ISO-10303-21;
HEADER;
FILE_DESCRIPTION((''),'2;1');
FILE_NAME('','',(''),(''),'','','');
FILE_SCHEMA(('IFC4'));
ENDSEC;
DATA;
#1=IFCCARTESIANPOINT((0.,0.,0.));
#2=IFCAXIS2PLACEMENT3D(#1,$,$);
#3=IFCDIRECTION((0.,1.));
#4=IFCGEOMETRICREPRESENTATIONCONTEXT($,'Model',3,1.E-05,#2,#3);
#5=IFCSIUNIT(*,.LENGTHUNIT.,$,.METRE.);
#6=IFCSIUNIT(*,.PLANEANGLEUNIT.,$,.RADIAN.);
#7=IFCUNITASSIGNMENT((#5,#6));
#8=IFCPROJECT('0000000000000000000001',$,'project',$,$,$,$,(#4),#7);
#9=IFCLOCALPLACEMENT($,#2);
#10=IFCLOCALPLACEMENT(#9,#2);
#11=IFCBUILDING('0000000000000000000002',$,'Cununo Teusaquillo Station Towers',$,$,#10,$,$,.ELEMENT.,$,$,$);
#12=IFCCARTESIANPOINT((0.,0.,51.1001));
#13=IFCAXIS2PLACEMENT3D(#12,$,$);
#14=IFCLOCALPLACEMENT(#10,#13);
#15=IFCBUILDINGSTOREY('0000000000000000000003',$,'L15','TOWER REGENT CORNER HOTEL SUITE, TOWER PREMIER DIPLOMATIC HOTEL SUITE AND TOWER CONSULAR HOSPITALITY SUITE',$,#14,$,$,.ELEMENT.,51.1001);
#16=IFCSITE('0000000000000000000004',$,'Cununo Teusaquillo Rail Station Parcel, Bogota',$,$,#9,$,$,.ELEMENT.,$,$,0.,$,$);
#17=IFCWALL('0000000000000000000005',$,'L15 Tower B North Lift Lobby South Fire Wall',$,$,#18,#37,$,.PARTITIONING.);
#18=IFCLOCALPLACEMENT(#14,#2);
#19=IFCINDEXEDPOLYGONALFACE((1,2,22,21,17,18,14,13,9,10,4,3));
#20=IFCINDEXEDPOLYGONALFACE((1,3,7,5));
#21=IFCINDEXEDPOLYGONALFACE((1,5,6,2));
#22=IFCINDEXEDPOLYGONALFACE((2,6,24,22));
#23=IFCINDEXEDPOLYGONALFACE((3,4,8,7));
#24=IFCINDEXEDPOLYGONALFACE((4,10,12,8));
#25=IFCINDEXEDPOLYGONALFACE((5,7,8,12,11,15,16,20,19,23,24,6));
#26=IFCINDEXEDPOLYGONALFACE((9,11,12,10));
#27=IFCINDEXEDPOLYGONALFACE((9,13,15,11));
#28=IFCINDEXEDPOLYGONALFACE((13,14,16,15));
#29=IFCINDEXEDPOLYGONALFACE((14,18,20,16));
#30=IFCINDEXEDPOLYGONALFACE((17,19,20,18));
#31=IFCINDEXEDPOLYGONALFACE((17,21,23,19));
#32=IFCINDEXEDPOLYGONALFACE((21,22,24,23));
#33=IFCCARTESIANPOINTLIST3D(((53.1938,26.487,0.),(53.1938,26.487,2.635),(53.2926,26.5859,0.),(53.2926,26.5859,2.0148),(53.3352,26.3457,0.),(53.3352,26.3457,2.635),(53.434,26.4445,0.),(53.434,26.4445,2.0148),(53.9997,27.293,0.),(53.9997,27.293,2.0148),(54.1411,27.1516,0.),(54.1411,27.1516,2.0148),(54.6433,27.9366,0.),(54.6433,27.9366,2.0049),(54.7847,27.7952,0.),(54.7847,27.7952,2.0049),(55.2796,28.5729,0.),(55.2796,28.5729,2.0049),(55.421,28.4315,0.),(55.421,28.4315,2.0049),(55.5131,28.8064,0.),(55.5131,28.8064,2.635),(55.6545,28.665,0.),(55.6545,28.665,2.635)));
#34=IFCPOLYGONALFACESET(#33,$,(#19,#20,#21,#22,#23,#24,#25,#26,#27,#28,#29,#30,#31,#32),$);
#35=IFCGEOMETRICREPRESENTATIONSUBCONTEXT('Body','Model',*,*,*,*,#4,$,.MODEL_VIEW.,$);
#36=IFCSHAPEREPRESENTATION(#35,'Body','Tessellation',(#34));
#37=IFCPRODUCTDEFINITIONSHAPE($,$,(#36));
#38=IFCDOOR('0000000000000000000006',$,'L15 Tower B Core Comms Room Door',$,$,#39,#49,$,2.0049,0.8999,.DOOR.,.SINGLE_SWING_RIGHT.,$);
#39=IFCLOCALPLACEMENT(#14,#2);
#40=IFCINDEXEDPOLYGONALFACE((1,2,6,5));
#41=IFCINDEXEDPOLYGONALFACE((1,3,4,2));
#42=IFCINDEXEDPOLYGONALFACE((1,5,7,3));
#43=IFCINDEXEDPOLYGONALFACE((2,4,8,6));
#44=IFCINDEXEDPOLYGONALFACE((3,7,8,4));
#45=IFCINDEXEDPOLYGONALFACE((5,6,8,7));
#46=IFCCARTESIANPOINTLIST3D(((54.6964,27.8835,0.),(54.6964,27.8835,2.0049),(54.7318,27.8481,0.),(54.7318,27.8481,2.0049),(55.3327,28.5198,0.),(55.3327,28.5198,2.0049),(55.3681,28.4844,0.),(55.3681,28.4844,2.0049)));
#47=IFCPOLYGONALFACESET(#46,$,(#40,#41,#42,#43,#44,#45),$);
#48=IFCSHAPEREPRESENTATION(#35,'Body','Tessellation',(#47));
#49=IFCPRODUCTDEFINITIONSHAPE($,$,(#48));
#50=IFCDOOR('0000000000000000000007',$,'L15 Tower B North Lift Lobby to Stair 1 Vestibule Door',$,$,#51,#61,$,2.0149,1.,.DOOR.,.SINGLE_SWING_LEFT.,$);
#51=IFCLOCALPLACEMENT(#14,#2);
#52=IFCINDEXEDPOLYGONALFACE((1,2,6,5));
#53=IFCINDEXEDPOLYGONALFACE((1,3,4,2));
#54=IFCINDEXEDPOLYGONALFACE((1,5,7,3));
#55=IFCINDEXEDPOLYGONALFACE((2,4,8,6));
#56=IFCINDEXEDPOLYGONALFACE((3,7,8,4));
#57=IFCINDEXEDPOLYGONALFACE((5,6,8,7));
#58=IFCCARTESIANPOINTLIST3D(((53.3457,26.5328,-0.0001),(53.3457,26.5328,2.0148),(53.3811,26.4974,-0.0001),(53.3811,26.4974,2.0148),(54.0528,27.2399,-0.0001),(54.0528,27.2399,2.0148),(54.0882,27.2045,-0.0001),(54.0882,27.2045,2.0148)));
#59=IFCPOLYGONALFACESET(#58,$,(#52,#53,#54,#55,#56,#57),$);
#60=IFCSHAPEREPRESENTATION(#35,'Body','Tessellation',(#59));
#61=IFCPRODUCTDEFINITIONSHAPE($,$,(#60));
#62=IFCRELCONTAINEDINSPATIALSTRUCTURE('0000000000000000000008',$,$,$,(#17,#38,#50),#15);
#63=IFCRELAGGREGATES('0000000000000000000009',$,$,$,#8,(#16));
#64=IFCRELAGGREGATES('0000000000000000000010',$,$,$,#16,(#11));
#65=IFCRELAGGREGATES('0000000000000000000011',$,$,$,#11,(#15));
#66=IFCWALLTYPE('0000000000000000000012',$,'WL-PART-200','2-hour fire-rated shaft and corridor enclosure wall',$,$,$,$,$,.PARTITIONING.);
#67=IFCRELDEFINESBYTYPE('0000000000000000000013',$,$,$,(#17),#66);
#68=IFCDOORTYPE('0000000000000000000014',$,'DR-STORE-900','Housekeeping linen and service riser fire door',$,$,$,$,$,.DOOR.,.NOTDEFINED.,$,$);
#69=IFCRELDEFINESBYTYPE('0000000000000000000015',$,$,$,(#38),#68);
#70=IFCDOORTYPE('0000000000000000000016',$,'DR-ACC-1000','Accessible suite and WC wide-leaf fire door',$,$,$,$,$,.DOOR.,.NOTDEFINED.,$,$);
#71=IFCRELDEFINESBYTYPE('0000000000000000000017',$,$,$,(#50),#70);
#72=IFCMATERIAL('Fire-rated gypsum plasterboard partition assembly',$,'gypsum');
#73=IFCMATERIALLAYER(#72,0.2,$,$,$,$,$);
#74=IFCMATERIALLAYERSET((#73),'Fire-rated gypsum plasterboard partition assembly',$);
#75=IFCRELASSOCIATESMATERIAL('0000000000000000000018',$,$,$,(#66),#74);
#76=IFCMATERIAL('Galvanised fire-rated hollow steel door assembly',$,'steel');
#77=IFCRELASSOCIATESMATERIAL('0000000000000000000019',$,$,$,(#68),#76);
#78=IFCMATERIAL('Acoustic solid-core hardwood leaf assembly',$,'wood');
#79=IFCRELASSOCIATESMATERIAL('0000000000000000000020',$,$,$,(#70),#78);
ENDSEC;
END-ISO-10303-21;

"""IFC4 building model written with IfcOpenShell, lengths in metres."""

from ifc_helpers import new_model, si_unit, direction, frame, frame_2d, origin, place, context, subcontext, project, spatial, rectangle, extrude, source, transform, mapped, material, layer, layer_set, type_object, element, fill, save


model = new_model("IFC4")

# Units and contexts
model_context = context("Model", 3, precision=1e-05, world=origin(), true_north=direction((0.0, 1.0)))
body_context = subcontext(model_context, "Body", "Model", "MODEL_VIEW")
ifc_project = project(units=[si_unit("LENGTHUNIT", "METRE"), si_unit("PLANEANGLEUNIT", "RADIAN")], contexts=[model_context])

# Site, building, storey
site_placement = place(None, origin())
site = spatial("IfcSite", under=ifc_project, at=site_placement, Name="Cununo Teusaquillo Rail Station Parcel, Bogota", CompositionType="ELEMENT", RefElevation=0.0)
building_placement = place(site_placement, origin())
building = spatial("IfcBuilding", under=site, at=building_placement, Name="Cununo Teusaquillo Station Towers", CompositionType="ELEMENT")
storey_placement = place(building_placement, frame((0.0, 0.0, 51.1001)))
storey = spatial("IfcBuildingStorey", under=building, at=storey_placement, Name="L15", Description="TOWER REGENT CORNER HOTEL SUITE, TOWER PREMIER DIPLOMATIC HOTEL SUITE AND TOWER CONSULAR HOSPITALITY SUITE", CompositionType="ELEMENT", Elevation=51.1001)

# Shared definitions
shared_shape_1 = source(origin(), body_context, "Body", "SweptSolid", [
    extrude(rectangle(XDim=0.8999, YDim=2.0049, at=frame_2d((0.45, 1.0024))), frame((0.0, 0.0249, 0.0), z_axis=(0.0, -1.0, 0.0), x_axis=(1.0, 0.0, 0.0)), (0.0, 0.0, 1.0), 0.05),
])

# Wall, openings, doors
ifc_material_1 = material(Name="Fire-rated gypsum plasterboard partition assembly", Category="gypsum")
ifc_layer_1 = layer(ifc_material_1, 0.2)
ifc_layer_set_1 = layer_set([ifc_layer_1], Name="Fire-rated gypsum plasterboard partition assembly")
wall_type_1 = type_object("IfcWallType", Name="WL-PART-200", Description="2-hour fire-rated shaft and corridor enclosure wall", PredefinedType="PARTITIONING", material=ifc_layer_set_1)
wall_1_placement = place(storey_placement, frame((53.2644, 26.4163, 0.0), z_axis=(0.0, 0.0, 1.0), x_axis=(0.707107, 0.707107, 0.0)))
wall_1 = element("IfcWall", 1, at=wall_1_placement, inside=storey, type_object=wall_type_1, Name="L15 Tower B North Lift Lobby South Fire Wall", PredefinedType="PARTITIONING", context=body_context, shape_type="SweptSolid", body=[
    extrude(rectangle(XDim=3.28, YDim=0.2, at=frame_2d((1.6401, 0.0))), origin(), (0.0, 0.0, 1.0), 2.635),
])
shared_shape_2 = source(origin(), body_context, "Body", "SweptSolid", [
    extrude(rectangle(XDim=1.0, YDim=2.0149, at=frame_2d((0.5, 1.0073))), frame((0.0, 0.1099, 0.0), z_axis=(0.0, -1.0, 0.0), x_axis=(1.0, 0.0, 0.0)), (0.0, 0.0, 1.0), 0.22),
])
opening_1_placement = place(wall_1_placement, frame((0.1399, 0.0, 0.0)))
opening_1 = element("IfcOpeningElement", 2, at=opening_1_placement, cuts=wall_1, PredefinedType="OPENING", context=body_context, shape_type="MappedRepresentation", body=[
    mapped(shared_shape_2, transform((0.0, 0.0, 0.0), x_axis=(1.0, 0.0, 0.0), y_axis=(0.0, 1.0, 0.0), z_axis=(0.0, 0.0, 1.0), scale=1.0)),
])
shared_shape_3 = source(origin(), body_context, "Body", "SweptSolid", [
    extrude(rectangle(XDim=0.8999, YDim=2.0049, at=frame_2d((0.45, 1.0024))), frame((0.0, 0.1099, 0.0), z_axis=(0.0, -1.0, 0.0), x_axis=(1.0, 0.0, 0.0)), (0.0, 0.0, 1.0), 0.22),
])
opening_2_placement = place(wall_1_placement, frame((2.05, 0.0, 0.0)))
opening_2 = element("IfcOpeningElement", 3, at=opening_2_placement, cuts=wall_1, PredefinedType="OPENING", context=body_context, shape_type="MappedRepresentation", body=[
    mapped(shared_shape_3, transform((0.0, 0.0, 0.0), x_axis=(1.0, 0.0, 0.0), y_axis=(0.0, 1.0, 0.0), z_axis=(0.0, 0.0, 1.0), scale=1.0)),
])
ifc_material_2 = material(Name="Galvanised fire-rated hollow steel door assembly", Category="steel")
door_type_1 = type_object("IfcDoorType", Name="DR-STORE-900", Description="Housekeeping linen and service riser fire door", OperationType="NOTDEFINED", PredefinedType="DOOR", material=ifc_material_2)
door_1_placement = place(opening_2_placement, origin())
door_1 = element("IfcDoor", 4, at=door_1_placement, inside=storey, type_object=door_type_1, Name="L15 Tower B Core Comms Room Door", OperationType="SINGLE_SWING_RIGHT", OverallHeight=2.0049, OverallWidth=0.8999, PredefinedType="DOOR", context=body_context, shape_type="MappedRepresentation", body=[
    mapped(shared_shape_1, transform((0.0, 0.0, 0.0), x_axis=(1.0, 0.0, 0.0), y_axis=(0.0, 1.0, 0.0), z_axis=(0.0, 0.0, 1.0), scale=1.0)),
])
fill(opening_2, door_1)
ifc_material_3 = material(Name="Acoustic solid-core hardwood leaf assembly", Category="wood")
door_type_2 = type_object("IfcDoorType", Name="DR-ACC-1000", Description="Accessible suite and WC wide-leaf fire door", OperationType="NOTDEFINED", PredefinedType="DOOR", material=ifc_material_3)
shared_shape_4 = source(origin(), body_context, "Body", "SweptSolid", [
    extrude(rectangle(XDim=1.0, YDim=2.0149, at=frame_2d((0.5, 1.0073))), frame((0.0, 0.0249, 0.0), z_axis=(0.0, -1.0, 0.0), x_axis=(1.0, 0.0, 0.0)), (0.0, 0.0, 1.0), 0.05),
])
door_2_placement = place(opening_1_placement, origin())
door_2 = element("IfcDoor", 5, at=door_2_placement, inside=storey, type_object=door_type_2, Name="L15 Tower B North Lift Lobby to Stair 1 Vestibule Door", OperationType="SINGLE_SWING_LEFT", OverallHeight=2.0149, OverallWidth=1.0, PredefinedType="DOOR", context=body_context, shape_type="MappedRepresentation", body=[
    mapped(shared_shape_4, transform((0.0, 0.0, 0.0), x_axis=(1.0, 0.0, 0.0), y_axis=(0.0, 1.0, 0.0), z_axis=(0.0, 0.0, 1.0), scale=1.0)),
])
fill(opening_1, door_2)

save(model, "model.ifc")
